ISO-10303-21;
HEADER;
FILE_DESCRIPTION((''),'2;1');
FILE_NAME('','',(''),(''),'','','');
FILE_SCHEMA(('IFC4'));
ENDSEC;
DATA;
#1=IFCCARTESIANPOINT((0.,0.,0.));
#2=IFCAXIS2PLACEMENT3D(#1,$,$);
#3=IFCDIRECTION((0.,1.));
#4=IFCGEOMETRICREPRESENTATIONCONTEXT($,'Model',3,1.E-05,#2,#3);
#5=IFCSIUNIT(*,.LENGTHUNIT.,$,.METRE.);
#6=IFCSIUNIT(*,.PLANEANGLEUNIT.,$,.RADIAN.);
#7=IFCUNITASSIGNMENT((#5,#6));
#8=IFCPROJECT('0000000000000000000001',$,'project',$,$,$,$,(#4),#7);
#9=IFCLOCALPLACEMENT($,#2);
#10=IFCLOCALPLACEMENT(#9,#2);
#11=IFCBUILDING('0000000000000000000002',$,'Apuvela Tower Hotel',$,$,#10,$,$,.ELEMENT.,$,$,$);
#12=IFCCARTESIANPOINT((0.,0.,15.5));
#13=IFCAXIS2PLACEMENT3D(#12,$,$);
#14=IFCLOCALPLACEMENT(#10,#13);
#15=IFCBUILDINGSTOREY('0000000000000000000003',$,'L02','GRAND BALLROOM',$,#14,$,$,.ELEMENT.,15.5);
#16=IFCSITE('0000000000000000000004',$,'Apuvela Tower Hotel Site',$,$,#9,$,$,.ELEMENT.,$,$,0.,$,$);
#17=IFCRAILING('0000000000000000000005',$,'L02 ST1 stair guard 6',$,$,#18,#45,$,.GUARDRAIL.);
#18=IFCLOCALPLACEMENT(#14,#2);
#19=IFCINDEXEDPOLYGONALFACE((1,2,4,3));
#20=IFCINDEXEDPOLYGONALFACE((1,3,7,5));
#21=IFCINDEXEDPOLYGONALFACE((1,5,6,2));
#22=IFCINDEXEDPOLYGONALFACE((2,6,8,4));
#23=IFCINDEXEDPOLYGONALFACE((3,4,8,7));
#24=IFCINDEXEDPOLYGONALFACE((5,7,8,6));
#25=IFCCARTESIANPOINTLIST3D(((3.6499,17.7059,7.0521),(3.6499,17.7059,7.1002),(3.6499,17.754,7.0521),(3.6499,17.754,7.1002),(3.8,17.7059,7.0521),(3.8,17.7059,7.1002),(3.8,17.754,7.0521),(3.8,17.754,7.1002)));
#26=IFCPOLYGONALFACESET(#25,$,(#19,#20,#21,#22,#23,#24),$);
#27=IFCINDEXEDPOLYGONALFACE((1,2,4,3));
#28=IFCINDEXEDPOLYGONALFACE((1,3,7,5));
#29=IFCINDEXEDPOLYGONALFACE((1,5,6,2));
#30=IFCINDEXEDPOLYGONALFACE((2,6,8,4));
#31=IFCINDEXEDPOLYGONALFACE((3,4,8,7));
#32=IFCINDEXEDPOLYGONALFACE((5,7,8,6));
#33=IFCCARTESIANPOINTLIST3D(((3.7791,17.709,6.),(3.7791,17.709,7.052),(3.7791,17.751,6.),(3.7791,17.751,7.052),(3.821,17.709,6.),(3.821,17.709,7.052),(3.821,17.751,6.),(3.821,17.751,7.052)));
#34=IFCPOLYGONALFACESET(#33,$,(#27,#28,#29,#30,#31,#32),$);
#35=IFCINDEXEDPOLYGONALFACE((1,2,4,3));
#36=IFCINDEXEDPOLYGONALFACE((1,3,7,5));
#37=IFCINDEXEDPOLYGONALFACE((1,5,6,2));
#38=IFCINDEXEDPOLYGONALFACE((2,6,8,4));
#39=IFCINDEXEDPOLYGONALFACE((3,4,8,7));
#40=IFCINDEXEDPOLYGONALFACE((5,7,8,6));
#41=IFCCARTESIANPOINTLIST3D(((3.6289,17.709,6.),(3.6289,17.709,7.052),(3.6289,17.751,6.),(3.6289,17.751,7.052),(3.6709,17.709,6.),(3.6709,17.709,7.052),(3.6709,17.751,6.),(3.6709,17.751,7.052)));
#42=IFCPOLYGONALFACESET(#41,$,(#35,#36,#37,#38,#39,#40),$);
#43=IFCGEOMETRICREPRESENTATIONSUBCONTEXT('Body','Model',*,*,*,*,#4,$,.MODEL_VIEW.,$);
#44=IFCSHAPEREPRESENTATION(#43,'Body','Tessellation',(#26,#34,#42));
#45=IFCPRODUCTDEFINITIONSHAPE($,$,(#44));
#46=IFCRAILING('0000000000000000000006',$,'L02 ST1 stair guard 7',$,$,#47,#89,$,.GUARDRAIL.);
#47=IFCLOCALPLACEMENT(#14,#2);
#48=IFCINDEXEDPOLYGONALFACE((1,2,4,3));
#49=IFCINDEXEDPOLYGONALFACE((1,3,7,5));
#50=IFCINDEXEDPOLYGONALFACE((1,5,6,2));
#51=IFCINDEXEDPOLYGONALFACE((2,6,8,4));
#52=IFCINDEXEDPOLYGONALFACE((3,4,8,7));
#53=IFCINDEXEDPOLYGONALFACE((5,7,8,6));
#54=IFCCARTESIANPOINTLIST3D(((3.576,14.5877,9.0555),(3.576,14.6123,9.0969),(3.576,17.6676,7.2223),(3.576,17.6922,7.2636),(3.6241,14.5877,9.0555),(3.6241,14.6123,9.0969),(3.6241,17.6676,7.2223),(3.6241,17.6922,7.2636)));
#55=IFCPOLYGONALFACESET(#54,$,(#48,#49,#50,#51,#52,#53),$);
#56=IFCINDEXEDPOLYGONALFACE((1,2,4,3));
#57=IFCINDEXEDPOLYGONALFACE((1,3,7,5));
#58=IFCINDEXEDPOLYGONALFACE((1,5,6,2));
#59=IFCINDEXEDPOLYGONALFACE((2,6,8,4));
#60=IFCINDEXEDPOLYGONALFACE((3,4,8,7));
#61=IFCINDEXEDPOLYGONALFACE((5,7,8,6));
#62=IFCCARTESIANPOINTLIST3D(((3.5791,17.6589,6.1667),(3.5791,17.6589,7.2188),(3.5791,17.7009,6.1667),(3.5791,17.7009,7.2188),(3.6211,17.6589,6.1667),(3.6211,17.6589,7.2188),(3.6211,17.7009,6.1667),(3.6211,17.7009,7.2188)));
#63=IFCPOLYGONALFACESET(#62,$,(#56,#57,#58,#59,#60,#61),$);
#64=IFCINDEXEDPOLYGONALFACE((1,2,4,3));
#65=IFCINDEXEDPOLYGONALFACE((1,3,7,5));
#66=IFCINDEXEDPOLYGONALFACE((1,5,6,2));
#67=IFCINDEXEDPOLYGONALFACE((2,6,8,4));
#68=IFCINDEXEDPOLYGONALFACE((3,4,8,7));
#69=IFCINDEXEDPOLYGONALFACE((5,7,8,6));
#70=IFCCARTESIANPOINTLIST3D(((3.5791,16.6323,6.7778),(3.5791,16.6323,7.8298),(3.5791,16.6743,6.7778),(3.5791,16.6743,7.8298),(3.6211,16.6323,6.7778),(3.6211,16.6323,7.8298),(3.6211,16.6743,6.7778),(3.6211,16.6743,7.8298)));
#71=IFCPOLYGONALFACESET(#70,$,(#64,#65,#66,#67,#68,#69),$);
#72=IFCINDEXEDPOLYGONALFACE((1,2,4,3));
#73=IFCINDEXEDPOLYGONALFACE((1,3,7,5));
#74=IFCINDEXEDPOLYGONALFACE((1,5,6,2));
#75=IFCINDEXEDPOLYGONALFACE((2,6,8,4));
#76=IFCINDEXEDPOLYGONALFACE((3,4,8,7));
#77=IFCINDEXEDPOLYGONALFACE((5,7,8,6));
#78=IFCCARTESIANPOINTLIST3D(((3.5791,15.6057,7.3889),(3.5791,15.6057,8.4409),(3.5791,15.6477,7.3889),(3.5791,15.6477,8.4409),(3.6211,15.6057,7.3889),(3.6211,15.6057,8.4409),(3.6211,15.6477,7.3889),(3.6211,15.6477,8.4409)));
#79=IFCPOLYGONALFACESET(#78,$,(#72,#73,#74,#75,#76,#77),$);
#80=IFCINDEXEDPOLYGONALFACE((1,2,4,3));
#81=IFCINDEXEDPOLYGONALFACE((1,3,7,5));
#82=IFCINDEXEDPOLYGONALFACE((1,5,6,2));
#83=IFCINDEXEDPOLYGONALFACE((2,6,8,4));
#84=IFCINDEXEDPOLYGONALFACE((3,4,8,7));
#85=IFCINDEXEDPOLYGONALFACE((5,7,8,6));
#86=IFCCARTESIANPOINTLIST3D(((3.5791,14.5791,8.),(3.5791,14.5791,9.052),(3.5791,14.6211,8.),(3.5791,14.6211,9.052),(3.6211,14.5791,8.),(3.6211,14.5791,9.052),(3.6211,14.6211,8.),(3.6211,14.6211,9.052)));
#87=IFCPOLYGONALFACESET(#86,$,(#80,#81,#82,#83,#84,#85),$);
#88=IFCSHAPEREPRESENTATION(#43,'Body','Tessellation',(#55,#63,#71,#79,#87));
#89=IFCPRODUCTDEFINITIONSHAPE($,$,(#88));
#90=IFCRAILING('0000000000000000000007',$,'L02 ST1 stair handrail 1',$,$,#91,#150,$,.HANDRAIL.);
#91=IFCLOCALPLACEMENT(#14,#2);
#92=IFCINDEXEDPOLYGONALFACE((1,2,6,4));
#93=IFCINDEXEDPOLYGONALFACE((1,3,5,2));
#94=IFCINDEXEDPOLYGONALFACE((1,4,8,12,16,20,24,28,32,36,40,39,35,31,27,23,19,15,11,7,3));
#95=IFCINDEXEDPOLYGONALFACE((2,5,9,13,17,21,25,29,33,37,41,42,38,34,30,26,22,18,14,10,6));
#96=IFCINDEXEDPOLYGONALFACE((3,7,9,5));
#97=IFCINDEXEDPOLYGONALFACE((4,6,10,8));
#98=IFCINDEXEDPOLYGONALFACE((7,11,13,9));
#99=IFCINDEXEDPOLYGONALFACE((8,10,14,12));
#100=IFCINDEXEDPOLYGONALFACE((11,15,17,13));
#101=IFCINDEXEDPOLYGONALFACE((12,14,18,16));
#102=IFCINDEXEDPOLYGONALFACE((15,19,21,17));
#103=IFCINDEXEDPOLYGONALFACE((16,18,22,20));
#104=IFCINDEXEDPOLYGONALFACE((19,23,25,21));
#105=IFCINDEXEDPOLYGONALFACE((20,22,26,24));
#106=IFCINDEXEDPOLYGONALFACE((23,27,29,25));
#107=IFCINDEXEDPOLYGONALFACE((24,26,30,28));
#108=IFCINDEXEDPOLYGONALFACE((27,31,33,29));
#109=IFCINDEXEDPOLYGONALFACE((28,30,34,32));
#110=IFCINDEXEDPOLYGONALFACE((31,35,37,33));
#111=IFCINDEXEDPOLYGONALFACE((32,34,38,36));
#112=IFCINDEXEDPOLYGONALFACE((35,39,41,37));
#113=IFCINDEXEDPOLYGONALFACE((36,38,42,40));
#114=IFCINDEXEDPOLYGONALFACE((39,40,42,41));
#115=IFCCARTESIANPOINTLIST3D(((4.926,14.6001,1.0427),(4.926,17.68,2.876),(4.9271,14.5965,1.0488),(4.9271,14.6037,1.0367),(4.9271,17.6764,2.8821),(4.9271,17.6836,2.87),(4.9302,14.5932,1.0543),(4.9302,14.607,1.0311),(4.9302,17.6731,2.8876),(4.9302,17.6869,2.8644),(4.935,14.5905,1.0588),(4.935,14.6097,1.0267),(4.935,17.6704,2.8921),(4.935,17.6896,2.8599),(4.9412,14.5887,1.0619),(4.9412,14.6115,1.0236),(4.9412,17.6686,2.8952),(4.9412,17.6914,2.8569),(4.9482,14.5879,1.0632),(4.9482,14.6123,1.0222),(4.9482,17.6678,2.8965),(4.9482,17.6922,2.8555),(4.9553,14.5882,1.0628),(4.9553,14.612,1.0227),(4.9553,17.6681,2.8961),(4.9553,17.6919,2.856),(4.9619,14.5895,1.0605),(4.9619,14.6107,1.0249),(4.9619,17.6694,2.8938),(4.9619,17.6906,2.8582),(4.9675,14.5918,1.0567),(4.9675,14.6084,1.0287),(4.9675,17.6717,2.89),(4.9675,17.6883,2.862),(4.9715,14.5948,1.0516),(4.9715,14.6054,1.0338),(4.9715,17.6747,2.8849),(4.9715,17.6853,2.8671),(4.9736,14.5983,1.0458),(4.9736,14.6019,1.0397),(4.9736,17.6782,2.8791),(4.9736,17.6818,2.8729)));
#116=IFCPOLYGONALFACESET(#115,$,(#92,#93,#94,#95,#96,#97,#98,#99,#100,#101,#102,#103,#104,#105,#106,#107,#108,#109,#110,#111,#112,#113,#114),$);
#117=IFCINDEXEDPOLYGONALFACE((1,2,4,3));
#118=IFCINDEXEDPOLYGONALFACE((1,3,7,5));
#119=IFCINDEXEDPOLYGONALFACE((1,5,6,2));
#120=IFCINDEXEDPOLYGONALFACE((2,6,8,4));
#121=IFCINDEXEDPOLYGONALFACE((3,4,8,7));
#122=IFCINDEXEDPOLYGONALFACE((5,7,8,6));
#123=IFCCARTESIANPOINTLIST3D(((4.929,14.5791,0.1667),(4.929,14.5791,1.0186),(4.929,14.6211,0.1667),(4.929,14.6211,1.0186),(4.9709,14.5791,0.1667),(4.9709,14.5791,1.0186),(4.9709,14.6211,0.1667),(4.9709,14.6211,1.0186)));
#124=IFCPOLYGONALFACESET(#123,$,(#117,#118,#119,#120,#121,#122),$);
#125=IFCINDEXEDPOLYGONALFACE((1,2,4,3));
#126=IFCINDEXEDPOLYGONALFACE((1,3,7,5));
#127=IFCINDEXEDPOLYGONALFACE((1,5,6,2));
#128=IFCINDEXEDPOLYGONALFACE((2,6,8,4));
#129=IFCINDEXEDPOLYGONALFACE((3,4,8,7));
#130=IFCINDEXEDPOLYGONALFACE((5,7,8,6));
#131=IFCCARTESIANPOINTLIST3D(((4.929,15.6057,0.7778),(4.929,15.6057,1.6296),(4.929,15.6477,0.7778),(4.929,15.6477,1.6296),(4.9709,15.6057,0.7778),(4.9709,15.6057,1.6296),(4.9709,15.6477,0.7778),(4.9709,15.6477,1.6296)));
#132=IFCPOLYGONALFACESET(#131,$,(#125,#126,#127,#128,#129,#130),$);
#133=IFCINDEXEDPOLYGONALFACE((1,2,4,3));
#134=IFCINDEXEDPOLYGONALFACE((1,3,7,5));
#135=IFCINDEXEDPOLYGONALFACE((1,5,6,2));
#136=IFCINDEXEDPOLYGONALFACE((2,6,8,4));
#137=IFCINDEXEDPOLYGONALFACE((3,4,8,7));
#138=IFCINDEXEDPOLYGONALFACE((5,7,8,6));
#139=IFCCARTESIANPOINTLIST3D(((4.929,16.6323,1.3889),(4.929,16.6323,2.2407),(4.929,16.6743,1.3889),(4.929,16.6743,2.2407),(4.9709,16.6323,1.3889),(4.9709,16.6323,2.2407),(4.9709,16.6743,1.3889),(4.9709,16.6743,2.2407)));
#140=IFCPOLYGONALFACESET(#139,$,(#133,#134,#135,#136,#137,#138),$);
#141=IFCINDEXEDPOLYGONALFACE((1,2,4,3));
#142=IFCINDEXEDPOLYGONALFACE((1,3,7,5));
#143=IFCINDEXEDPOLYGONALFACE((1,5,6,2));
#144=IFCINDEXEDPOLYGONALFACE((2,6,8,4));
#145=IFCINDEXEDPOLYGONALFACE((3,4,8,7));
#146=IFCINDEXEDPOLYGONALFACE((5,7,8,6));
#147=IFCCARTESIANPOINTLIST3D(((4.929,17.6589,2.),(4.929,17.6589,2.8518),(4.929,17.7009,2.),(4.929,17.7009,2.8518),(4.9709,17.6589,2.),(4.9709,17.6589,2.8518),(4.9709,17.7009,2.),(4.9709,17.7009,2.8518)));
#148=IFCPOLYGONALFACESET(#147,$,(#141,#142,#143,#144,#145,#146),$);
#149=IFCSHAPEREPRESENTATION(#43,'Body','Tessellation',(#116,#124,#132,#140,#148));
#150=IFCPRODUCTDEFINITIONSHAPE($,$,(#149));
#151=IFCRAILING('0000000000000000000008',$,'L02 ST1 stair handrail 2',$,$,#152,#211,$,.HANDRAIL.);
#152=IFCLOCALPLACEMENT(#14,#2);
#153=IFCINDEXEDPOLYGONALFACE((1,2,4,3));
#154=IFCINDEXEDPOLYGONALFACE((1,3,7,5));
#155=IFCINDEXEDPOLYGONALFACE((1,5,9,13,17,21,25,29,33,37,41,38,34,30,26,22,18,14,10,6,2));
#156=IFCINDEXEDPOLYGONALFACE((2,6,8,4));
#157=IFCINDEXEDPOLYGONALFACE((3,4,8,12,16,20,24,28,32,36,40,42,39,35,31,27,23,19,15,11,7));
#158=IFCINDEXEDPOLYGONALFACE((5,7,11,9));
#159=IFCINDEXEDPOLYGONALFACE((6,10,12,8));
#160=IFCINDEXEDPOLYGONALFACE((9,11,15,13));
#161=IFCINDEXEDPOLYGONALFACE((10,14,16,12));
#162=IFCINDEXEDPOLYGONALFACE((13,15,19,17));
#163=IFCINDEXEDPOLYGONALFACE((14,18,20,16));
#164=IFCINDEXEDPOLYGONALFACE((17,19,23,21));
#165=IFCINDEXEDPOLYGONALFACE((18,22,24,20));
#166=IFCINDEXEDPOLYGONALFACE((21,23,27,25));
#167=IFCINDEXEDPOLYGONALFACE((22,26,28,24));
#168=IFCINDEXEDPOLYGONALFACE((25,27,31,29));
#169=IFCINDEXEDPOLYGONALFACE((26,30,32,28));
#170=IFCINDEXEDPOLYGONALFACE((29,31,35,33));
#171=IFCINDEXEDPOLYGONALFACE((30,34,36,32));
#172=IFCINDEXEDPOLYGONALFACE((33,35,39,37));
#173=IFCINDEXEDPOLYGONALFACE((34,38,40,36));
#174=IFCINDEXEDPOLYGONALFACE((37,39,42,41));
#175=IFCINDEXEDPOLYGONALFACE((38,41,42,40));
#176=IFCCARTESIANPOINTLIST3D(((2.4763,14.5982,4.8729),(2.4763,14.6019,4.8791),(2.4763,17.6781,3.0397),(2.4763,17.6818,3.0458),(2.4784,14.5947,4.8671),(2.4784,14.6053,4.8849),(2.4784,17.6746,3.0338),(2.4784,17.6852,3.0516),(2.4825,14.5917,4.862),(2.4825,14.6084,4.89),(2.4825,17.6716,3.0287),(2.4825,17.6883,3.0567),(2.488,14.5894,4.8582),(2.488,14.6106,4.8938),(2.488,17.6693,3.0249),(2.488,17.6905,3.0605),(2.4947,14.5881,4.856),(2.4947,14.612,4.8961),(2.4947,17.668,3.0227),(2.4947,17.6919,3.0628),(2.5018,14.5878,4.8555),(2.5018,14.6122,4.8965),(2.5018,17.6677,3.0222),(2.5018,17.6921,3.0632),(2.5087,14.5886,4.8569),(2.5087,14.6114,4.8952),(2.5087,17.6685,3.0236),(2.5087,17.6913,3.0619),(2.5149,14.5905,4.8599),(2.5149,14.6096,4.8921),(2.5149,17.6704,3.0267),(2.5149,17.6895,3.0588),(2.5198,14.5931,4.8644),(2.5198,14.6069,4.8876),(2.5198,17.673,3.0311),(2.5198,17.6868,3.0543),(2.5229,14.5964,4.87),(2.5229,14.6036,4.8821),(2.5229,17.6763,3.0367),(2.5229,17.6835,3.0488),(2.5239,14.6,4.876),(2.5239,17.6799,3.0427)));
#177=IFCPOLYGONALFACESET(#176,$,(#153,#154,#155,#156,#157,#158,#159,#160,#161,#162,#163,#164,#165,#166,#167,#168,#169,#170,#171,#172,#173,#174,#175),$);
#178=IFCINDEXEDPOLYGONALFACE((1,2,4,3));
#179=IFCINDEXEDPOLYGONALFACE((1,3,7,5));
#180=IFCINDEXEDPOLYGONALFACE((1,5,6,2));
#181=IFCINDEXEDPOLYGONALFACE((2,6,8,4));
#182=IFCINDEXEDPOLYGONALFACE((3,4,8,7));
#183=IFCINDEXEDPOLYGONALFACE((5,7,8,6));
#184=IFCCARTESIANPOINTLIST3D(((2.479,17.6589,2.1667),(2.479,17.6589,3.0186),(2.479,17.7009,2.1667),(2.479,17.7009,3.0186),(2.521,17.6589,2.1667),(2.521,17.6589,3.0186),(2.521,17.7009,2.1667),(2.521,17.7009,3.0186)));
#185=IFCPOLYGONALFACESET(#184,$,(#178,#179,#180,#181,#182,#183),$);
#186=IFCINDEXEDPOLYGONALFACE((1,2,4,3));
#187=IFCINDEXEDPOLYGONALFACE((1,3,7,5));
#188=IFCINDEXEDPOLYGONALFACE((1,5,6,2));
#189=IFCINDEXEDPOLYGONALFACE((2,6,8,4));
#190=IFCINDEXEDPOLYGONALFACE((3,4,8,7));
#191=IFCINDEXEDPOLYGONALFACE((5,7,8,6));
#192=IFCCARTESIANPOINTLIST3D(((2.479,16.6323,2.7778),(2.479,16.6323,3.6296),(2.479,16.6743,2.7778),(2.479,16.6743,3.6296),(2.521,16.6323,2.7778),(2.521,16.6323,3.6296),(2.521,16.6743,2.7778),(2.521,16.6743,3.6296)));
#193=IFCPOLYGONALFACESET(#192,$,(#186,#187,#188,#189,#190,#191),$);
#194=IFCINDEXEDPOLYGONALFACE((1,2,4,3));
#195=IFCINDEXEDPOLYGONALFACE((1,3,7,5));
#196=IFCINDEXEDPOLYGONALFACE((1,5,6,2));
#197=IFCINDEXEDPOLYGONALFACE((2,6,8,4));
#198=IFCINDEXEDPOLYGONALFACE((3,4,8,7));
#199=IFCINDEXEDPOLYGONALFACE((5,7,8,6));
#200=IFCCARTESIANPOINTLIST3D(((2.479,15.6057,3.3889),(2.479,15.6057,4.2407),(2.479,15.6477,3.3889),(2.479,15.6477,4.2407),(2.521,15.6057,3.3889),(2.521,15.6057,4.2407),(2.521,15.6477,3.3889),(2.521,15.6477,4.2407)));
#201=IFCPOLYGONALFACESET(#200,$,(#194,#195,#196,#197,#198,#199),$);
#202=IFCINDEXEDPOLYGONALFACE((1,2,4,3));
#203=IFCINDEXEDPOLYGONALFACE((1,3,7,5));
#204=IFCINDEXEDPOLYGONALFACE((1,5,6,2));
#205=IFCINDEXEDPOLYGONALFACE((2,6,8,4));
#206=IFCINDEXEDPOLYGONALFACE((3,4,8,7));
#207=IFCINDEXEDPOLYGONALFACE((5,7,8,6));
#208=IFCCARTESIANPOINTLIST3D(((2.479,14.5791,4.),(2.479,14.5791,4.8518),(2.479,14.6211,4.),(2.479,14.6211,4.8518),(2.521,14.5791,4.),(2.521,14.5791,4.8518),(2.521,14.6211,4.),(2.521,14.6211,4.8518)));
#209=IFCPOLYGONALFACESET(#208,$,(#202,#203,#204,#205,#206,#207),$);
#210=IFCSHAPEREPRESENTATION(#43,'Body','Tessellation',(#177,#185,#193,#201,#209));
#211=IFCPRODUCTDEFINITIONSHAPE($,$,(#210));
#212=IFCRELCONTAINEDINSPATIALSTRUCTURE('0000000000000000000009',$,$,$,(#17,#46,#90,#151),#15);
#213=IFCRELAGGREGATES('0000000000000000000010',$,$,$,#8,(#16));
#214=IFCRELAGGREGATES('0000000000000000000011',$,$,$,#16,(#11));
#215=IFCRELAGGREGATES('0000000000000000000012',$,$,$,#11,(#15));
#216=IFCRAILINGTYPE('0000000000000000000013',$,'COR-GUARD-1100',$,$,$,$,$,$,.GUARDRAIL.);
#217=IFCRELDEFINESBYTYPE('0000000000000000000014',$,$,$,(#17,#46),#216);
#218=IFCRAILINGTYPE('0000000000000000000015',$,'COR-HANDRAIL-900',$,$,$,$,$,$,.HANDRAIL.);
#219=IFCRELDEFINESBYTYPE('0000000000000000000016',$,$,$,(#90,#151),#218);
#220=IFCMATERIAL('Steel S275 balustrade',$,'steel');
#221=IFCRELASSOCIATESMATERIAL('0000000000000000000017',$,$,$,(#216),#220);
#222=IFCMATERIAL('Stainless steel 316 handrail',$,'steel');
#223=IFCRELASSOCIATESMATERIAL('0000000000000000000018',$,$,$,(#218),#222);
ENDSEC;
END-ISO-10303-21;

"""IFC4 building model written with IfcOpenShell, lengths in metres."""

from ifc_helpers import new_model, si_unit, direction, frame, origin, origin_2d, place, context, subcontext, project, spatial, rectangle, circle, extrude, material, type_object, element, save


model = new_model("IFC4")

# Units and contexts
model_context = context("Model", 3, precision=1e-05, world=origin(), true_north=direction((0.0, 1.0)))
body_context = subcontext(model_context, "Body", "Model", "MODEL_VIEW")
ifc_project = project(units=[si_unit("LENGTHUNIT", "METRE"), si_unit("PLANEANGLEUNIT", "RADIAN")], contexts=[model_context])

# Site, building, storey
site_placement = place(None, origin())
site = spatial("IfcSite", under=ifc_project, at=site_placement, Name="Apuvela Tower Hotel Site", CompositionType="ELEMENT", RefElevation=0.0)
building_placement = place(site_placement, origin())
building = spatial("IfcBuilding", under=site, at=building_placement, Name="Apuvela Tower Hotel", CompositionType="ELEMENT")
storey_placement = place(building_placement, frame((0.0, 0.0, 15.5)))
storey = spatial("IfcBuildingStorey", under=building, at=storey_placement, Name="L02", Description="GRAND BALLROOM", CompositionType="ELEMENT", Elevation=15.5)

# Railings
ifc_material_1 = material(Name="Steel S275 balustrade", Category="steel")
railing_type_1 = type_object("IfcRailingType", Name="COR-GUARD-1100", PredefinedType="GUARDRAIL", material=ifc_material_1)
railing_1_placement = place(storey_placement, frame((3.8, 17.73, 6.0)))
element("IfcRailing", 1, at=railing_1_placement, inside=storey, type_object=railing_type_1, Name="L02 ST1 stair guard 6", PredefinedType="GUARDRAIL", context=body_context, shape_type="SweptSolid", body=[
    extrude(rectangle(XDim=0.0481, YDim=0.0481, at=origin_2d()), frame((0.0, 0.0, 1.0762), z_axis=(-1.0, 0.0, 0.0), x_axis=(0.0, -1.0, 0.0)), (0.0, 0.0, 1.0), 0.1501),
    extrude(rectangle(XDim=0.042, YDim=0.042, at=origin_2d()), origin(), (0.0, 0.0, 1.0), 1.052),
    extrude(rectangle(XDim=0.042, YDim=0.042, at=origin_2d()), frame((-0.1501, 0.0, 0.0)), (0.0, 0.0, 1.0), 1.052),
])
railing_2_placement = place(storey_placement, frame((3.6001, 17.6799, 6.1667)))
element("IfcRailing", 2, at=railing_2_placement, inside=storey, type_object=railing_type_1, Name="L02 ST1 stair guard 7", PredefinedType="GUARDRAIL", context=body_context, shape_type="SweptSolid", body=[
    extrude(rectangle(XDim=0.0481, YDim=0.0481, at=origin_2d()), frame((0.0, 0.0, 1.0762), z_axis=(0.0, -0.859291, 0.511487), x_axis=(1.0, 0.0, 0.0)), (0.0, 0.0, 1.0), 3.5842),
    extrude(rectangle(XDim=0.042, YDim=0.042, at=origin_2d()), origin(), (0.0, 0.0, 1.0), 1.052),
    extrude(rectangle(XDim=0.042, YDim=0.042, at=origin_2d()), frame((0.0, -1.0266, 0.6111)), (0.0, 0.0, 1.0), 1.052),
    extrude(rectangle(XDim=0.042, YDim=0.042, at=origin_2d()), frame((0.0, -2.0532, 1.2222)), (0.0, 0.0, 1.0), 1.052),
    extrude(rectangle(XDim=0.042, YDim=0.042, at=origin_2d()), frame((0.0, -3.0798, 1.8333)), (0.0, 0.0, 1.0), 1.052),
])
ifc_material_2 = material(Name="Stainless steel 316 handrail", Category="steel")
railing_type_2 = type_object("IfcRailingType", Name="COR-HANDRAIL-900", PredefinedType="HANDRAIL", material=ifc_material_2)
railing_3_placement = place(storey_placement, frame((4.95, 14.6001, 0.1667)))
element("IfcRailing", 3, at=railing_3_placement, inside=storey, type_object=railing_type_2, Name="L02 ST1 stair handrail 1", PredefinedType="HANDRAIL", context=body_context, shape_type="SweptSolid", body=[
    extrude(circle(Radius=0.0239, at=origin_2d()), frame((0.0, 0.0, 0.876), z_axis=(0.0, 0.859291, 0.511487), x_axis=(-1.0, 0.0, 0.0)), (0.0, 0.0, 1.0), 3.5842),
    extrude(rectangle(XDim=0.042, YDim=0.042, at=origin_2d()), origin(), (0.0, 0.0, 1.0), 0.8518),
    extrude(rectangle(XDim=0.042, YDim=0.042, at=origin_2d()), frame((0.0, 1.0266, 0.6111)), (0.0, 0.0, 1.0), 0.8518),
    extrude(rectangle(XDim=0.042, YDim=0.042, at=origin_2d()), frame((0.0, 2.0532, 1.2222)), (0.0, 0.0, 1.0), 0.8518),
    extrude(rectangle(XDim=0.042, YDim=0.042, at=origin_2d()), frame((0.0, 3.0798, 1.8333)), (0.0, 0.0, 1.0), 0.8518),
])
railing_4_placement = place(storey_placement, frame((2.5, 17.6799, 2.1667)))
element("IfcRailing", 4, at=railing_4_placement, inside=storey, type_object=railing_type_2, Name="L02 ST1 stair handrail 2", PredefinedType="HANDRAIL", context=body_context, shape_type="SweptSolid", body=[
    extrude(circle(Radius=0.0239, at=origin_2d()), frame((0.0, 0.0, 0.876), z_axis=(0.0, -0.859291, 0.511487), x_axis=(1.0, 0.0, 0.0)), (0.0, 0.0, 1.0), 3.5842),
    extrude(rectangle(XDim=0.042, YDim=0.042, at=origin_2d()), origin(), (0.0, 0.0, 1.0), 0.8518),
    extrude(rectangle(XDim=0.042, YDim=0.042, at=origin_2d()), frame((0.0, -1.0266, 0.6111)), (0.0, 0.0, 1.0), 0.8518),
    extrude(rectangle(XDim=0.042, YDim=0.042, at=origin_2d()), frame((0.0, -2.0532, 1.2222)), (0.0, 0.0, 1.0), 0.8518),
    extrude(rectangle(XDim=0.042, YDim=0.042, at=origin_2d()), frame((0.0, -3.0798, 1.8333)), (0.0, 0.0, 1.0), 0.8518),
])

save(model, "model.ifc")
